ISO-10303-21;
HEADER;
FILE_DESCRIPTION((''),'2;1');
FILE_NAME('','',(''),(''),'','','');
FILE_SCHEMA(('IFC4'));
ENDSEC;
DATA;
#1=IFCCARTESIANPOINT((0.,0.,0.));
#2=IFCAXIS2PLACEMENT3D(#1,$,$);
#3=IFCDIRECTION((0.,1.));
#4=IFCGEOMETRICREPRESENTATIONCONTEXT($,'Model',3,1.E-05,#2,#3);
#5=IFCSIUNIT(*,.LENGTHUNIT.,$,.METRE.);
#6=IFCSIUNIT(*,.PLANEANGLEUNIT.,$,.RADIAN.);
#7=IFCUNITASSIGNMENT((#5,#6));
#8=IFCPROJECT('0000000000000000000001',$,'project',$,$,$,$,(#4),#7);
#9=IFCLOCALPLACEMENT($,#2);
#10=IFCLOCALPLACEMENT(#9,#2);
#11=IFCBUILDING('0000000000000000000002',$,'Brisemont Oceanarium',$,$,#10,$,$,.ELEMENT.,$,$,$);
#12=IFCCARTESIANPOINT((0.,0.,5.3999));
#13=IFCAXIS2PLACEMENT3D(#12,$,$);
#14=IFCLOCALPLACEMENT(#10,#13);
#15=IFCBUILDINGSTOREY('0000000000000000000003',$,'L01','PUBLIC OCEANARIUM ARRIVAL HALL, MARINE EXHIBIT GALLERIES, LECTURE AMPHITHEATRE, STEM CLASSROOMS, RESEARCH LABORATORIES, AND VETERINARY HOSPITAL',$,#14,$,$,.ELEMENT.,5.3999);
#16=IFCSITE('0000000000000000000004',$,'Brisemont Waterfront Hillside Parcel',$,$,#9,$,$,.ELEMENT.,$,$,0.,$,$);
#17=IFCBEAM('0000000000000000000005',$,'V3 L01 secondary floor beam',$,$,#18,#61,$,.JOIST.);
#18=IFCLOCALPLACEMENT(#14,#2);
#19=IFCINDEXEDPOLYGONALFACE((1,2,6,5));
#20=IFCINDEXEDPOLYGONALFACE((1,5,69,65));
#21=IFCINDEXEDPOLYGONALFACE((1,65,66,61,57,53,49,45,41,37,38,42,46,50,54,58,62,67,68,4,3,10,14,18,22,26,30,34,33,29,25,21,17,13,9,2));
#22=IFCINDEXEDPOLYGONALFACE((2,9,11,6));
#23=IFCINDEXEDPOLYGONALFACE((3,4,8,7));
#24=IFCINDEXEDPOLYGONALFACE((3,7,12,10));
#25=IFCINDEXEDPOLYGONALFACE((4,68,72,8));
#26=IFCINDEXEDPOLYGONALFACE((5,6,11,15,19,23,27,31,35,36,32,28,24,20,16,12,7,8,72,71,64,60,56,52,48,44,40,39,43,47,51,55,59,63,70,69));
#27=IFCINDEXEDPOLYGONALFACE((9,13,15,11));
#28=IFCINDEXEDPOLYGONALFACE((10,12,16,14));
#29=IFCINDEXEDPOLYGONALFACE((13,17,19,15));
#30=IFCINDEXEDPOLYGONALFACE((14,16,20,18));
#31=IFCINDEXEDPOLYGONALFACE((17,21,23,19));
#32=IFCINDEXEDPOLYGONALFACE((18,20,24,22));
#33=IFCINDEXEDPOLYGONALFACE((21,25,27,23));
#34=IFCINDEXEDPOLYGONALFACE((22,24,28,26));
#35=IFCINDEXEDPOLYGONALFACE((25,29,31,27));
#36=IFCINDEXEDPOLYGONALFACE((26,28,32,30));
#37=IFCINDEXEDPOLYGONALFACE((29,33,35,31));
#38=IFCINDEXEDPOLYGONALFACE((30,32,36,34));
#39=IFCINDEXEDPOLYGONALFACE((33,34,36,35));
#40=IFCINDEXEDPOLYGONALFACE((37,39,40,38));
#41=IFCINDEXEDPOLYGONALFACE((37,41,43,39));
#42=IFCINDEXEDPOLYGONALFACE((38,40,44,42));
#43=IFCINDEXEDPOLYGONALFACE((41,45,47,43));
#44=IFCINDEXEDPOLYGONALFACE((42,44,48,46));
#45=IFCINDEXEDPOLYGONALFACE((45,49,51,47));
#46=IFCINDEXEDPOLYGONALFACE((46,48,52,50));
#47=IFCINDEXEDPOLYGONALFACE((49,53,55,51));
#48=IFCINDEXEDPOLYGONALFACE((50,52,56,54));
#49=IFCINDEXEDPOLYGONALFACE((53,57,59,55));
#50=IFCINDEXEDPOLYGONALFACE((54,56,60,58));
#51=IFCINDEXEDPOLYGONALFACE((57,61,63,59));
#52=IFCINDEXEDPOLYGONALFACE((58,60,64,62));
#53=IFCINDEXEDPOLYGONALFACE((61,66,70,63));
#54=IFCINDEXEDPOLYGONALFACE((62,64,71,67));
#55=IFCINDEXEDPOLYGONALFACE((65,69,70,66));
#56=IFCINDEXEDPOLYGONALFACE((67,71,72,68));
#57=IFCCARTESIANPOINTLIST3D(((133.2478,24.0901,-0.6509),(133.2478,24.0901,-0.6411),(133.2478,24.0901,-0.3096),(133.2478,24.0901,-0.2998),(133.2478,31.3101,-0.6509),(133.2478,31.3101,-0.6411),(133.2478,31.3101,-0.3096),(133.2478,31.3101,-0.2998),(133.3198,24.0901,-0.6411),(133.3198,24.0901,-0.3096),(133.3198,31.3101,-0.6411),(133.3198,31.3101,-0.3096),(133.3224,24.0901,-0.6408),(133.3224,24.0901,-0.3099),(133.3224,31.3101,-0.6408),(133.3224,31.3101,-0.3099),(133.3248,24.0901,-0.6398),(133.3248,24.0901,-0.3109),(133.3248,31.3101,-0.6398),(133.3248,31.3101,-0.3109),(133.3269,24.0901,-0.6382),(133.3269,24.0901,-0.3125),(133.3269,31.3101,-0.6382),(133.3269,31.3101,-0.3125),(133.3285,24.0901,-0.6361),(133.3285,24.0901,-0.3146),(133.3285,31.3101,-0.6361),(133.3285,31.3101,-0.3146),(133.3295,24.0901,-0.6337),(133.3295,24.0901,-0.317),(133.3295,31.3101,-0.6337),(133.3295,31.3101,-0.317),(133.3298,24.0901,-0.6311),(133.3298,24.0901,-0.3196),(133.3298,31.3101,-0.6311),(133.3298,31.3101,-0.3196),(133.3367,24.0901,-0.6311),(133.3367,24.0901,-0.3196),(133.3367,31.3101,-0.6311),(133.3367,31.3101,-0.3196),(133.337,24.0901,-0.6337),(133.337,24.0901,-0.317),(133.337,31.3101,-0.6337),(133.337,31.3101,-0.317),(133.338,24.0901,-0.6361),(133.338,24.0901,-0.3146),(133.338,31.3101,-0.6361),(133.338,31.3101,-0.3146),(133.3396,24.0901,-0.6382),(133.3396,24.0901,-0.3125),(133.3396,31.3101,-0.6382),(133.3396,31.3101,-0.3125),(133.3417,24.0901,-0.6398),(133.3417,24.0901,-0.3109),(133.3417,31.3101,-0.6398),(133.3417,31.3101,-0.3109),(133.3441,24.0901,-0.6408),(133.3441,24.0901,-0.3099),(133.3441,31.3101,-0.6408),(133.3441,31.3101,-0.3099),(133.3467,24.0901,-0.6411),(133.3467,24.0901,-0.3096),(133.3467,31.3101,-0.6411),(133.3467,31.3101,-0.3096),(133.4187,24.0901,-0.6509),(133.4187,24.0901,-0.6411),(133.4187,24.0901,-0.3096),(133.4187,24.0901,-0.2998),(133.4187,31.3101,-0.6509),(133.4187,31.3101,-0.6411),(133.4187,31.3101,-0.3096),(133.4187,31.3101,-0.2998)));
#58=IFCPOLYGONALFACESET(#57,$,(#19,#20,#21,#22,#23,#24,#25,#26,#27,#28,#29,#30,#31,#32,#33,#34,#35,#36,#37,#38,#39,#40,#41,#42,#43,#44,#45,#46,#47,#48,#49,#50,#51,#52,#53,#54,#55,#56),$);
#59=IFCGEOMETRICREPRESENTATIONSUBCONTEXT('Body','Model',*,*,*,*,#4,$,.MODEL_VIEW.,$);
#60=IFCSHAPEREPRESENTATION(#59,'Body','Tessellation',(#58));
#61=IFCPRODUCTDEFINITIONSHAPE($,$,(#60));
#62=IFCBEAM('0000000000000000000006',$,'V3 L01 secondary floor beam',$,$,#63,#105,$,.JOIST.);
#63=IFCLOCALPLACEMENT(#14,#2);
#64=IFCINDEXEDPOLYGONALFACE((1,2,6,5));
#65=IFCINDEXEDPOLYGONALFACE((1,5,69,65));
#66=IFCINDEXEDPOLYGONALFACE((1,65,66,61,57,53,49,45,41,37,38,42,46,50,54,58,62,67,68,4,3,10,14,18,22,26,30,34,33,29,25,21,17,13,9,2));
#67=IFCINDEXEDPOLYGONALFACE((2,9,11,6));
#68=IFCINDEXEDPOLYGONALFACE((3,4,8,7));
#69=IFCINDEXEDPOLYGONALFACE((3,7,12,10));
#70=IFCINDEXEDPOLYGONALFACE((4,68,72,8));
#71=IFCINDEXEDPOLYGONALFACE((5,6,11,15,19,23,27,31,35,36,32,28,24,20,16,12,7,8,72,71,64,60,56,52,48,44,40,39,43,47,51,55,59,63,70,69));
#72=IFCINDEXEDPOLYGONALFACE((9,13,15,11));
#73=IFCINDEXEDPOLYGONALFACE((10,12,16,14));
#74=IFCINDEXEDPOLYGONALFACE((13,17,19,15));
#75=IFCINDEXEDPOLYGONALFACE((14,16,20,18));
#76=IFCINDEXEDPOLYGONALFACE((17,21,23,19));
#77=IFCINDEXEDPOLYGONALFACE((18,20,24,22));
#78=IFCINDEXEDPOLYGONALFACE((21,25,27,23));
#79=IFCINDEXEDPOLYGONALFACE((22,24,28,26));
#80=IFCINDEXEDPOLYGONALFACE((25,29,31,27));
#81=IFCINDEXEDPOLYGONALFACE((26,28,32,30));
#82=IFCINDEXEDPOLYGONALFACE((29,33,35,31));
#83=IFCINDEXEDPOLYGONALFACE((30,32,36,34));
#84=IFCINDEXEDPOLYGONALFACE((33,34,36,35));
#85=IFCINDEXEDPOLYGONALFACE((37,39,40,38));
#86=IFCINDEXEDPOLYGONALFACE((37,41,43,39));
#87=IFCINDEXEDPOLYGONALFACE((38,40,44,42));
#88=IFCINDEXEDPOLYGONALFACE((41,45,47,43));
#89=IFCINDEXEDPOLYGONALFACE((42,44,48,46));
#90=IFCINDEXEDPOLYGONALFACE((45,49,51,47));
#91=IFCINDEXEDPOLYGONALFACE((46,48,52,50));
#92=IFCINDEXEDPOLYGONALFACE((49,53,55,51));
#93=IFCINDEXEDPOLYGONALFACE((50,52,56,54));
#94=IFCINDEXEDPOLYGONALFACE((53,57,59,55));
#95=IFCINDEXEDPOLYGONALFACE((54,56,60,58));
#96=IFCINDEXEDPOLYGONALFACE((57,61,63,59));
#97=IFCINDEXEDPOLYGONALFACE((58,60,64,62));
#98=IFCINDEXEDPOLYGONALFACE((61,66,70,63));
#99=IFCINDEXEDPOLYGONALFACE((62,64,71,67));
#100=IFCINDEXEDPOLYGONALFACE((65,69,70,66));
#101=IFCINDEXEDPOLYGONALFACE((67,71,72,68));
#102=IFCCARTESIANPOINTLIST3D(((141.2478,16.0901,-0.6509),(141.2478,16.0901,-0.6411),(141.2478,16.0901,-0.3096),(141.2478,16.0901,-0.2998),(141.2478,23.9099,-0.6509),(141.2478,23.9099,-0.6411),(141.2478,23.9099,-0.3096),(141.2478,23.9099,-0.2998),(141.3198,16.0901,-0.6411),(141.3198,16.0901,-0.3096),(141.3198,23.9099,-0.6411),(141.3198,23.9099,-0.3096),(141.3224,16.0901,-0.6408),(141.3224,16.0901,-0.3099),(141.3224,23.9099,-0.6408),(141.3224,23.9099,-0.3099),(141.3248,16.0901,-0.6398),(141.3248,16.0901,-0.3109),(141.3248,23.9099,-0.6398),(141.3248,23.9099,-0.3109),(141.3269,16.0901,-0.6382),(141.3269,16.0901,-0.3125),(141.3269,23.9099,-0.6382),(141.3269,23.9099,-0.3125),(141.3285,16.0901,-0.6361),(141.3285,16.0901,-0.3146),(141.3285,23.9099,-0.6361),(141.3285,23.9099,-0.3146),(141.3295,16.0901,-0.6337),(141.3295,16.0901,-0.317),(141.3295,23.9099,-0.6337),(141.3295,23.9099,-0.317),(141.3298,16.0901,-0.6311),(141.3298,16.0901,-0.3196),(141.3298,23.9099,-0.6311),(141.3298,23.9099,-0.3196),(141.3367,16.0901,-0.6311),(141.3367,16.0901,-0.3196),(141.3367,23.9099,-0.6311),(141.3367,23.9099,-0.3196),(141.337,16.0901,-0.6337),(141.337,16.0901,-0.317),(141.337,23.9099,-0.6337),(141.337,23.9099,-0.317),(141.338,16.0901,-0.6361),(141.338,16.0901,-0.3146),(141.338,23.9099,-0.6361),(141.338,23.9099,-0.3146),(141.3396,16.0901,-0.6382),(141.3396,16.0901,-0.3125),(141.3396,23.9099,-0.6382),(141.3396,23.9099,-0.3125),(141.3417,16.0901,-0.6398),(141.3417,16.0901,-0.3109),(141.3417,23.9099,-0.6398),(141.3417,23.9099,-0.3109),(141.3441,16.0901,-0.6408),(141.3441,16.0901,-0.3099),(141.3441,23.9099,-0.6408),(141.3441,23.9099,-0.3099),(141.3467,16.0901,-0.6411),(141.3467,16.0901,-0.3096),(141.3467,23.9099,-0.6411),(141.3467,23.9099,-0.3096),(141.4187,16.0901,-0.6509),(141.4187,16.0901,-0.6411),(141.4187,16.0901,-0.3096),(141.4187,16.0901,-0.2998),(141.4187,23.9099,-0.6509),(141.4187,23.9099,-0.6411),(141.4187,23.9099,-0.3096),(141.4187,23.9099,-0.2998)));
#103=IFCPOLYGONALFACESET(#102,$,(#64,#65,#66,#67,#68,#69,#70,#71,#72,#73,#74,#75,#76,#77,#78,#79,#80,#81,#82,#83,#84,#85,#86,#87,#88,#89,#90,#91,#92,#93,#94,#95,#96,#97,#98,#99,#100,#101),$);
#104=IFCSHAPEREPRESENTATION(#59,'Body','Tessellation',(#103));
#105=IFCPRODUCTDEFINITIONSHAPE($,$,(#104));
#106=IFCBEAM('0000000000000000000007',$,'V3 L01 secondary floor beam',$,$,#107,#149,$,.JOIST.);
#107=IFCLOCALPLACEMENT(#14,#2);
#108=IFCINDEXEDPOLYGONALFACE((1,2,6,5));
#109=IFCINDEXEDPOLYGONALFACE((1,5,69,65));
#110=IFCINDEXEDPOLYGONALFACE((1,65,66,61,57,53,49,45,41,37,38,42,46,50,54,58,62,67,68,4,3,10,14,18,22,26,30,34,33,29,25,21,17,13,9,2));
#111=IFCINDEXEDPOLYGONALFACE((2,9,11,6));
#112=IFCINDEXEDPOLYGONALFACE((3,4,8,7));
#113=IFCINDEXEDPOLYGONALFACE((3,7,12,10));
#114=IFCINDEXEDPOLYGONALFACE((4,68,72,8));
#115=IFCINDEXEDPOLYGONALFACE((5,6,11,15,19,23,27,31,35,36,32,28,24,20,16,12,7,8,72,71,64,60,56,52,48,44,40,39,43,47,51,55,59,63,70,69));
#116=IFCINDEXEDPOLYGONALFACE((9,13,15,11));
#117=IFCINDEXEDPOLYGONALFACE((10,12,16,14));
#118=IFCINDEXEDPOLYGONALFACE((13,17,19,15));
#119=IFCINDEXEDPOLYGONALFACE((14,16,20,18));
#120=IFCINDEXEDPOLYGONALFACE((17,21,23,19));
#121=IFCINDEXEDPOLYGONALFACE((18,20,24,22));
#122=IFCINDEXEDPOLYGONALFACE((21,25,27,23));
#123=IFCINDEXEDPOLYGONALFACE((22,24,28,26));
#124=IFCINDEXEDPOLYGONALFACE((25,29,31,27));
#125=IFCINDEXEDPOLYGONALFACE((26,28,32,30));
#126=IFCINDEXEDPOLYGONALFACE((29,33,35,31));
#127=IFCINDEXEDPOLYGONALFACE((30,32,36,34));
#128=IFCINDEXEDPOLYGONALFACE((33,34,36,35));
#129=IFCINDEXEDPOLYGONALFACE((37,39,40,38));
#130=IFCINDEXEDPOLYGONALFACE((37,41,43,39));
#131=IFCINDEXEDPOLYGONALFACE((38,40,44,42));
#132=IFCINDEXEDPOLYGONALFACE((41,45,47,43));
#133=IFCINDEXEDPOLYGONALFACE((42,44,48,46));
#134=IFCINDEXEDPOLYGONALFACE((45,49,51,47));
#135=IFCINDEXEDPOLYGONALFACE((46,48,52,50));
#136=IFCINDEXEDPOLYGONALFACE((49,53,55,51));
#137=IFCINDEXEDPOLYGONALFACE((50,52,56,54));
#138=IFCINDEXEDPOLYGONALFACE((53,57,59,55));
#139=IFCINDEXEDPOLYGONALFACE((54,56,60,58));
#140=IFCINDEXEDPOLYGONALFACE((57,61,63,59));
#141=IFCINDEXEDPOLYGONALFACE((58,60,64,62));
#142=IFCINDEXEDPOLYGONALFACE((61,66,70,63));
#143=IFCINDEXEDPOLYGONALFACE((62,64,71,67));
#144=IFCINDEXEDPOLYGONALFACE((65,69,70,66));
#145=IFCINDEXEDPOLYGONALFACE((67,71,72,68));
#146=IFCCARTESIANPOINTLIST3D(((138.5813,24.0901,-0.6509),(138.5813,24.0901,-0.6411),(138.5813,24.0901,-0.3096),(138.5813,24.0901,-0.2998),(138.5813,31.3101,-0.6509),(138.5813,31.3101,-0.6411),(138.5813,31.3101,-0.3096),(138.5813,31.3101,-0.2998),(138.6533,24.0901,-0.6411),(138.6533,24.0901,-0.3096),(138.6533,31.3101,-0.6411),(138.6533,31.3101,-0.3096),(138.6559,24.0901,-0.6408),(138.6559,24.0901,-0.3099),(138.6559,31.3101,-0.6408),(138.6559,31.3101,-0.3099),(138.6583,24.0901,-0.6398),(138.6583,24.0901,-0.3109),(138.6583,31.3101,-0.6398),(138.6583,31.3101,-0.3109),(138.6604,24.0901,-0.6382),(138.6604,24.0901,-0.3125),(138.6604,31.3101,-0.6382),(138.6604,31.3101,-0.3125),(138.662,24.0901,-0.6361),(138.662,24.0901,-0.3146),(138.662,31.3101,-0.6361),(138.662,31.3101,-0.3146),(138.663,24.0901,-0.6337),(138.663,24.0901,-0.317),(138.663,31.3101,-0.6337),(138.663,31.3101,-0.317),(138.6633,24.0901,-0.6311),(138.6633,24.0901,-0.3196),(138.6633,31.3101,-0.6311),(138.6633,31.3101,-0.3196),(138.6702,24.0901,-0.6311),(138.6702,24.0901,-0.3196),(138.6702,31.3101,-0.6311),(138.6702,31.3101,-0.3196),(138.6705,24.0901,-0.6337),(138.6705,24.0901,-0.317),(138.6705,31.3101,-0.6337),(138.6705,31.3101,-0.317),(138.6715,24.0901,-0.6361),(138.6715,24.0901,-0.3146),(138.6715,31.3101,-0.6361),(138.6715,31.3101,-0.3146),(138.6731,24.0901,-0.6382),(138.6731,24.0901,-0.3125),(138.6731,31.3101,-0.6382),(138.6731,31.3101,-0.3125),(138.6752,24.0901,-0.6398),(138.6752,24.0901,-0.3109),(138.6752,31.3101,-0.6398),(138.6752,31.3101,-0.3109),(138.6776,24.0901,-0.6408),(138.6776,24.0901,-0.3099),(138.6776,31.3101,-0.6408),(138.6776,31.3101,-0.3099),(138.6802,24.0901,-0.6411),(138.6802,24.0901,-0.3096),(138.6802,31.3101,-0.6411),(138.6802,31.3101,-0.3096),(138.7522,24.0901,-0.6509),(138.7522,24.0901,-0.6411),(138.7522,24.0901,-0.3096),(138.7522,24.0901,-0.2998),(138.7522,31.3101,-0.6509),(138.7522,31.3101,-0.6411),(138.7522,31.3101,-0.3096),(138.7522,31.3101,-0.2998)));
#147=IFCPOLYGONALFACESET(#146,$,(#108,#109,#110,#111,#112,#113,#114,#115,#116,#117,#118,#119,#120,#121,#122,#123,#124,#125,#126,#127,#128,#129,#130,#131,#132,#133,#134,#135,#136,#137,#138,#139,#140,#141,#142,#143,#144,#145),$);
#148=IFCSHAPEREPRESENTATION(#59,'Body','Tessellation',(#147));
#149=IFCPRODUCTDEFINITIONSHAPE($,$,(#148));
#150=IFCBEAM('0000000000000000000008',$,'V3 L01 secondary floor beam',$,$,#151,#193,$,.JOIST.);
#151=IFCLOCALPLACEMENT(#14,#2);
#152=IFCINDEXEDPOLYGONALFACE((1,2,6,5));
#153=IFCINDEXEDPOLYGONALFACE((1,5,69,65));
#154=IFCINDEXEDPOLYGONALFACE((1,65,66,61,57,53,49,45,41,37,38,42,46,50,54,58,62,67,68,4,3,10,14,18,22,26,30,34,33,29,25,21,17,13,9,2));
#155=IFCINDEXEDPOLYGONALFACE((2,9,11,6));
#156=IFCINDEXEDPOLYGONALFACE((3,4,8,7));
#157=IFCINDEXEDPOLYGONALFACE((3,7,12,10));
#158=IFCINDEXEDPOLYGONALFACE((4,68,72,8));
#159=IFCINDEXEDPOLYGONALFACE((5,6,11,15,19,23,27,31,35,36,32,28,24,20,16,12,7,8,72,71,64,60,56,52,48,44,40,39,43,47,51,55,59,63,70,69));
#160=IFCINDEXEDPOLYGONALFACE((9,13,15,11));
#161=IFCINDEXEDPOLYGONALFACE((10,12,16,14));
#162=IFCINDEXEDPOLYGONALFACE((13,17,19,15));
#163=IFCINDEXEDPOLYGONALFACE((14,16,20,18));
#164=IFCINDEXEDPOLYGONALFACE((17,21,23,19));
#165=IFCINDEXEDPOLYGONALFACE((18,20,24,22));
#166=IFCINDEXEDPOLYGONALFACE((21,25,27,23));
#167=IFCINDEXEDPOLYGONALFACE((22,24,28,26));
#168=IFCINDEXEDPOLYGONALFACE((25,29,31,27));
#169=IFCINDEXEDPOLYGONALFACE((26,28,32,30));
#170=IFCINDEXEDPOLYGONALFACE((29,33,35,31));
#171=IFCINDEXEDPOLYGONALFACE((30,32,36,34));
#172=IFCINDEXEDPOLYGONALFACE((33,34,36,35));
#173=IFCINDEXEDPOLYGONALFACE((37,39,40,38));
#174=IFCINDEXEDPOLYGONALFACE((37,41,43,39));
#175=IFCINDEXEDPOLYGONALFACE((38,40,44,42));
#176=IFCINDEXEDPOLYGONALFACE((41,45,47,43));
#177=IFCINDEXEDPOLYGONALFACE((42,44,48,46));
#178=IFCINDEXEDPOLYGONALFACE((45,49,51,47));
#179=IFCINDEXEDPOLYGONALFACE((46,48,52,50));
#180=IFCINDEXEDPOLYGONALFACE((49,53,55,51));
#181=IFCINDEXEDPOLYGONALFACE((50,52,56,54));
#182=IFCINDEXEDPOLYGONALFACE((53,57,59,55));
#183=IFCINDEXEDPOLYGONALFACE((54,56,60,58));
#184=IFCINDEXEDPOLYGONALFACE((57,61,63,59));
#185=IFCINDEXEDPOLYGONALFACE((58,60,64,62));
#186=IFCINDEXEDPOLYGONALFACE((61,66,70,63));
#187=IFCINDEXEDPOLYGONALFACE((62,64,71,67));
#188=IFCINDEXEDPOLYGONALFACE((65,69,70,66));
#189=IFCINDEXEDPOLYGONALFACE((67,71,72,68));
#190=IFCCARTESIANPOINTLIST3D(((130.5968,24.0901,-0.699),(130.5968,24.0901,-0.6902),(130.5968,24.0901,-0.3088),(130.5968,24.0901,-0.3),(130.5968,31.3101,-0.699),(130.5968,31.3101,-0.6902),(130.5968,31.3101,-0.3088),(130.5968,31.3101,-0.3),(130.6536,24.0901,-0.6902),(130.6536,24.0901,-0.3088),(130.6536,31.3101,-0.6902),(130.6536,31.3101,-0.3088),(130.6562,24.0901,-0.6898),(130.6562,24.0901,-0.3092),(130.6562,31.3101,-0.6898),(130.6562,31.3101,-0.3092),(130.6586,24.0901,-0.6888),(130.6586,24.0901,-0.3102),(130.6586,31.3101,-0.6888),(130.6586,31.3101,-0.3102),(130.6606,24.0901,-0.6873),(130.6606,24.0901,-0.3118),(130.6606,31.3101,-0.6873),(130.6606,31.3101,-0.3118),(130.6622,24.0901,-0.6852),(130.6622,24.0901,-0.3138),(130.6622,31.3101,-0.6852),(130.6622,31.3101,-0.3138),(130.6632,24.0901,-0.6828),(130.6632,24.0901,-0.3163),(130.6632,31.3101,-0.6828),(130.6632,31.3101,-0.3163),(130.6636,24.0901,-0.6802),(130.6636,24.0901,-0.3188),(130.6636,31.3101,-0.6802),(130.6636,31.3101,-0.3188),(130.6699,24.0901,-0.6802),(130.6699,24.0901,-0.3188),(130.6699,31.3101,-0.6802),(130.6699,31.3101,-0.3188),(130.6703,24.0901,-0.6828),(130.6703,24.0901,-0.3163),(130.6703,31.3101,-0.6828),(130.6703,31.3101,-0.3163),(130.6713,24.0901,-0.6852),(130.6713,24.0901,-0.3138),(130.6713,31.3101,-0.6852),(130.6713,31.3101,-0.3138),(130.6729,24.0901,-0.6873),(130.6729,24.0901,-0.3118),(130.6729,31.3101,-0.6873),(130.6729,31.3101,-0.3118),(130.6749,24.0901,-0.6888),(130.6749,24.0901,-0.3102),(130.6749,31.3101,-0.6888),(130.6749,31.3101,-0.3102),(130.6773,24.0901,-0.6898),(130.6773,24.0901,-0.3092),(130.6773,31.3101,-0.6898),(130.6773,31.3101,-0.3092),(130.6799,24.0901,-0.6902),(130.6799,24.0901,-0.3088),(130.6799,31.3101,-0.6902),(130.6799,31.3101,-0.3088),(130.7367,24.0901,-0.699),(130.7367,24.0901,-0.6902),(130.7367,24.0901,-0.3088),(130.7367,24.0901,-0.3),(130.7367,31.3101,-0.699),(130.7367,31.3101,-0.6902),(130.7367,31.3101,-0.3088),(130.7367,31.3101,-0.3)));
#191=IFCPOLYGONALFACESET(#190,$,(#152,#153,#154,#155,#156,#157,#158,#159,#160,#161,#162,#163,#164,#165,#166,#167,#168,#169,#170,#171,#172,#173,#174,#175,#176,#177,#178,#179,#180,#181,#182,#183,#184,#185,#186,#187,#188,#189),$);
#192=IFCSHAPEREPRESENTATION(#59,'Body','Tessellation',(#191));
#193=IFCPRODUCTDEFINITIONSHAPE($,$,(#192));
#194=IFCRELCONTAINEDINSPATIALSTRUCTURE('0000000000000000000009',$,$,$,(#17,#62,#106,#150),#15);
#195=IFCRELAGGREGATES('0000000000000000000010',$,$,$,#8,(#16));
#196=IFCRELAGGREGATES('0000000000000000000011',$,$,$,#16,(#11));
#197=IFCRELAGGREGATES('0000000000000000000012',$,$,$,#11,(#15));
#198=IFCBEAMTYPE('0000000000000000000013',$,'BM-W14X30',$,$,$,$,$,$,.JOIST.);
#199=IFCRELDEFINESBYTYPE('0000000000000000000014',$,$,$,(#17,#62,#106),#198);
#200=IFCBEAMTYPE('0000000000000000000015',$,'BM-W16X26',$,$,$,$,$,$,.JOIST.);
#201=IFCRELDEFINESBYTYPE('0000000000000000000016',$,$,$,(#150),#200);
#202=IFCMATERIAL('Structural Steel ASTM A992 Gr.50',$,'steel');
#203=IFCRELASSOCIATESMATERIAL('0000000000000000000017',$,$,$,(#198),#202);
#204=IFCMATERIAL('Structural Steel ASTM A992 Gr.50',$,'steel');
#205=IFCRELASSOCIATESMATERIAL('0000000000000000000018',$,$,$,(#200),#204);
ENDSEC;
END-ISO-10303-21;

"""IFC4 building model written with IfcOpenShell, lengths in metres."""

from ifc_helpers import new_model, si_unit, direction, frame, origin, origin_2d, place, context, subcontext, project, spatial, i_section, extrude, material, material_profile, profile_set, type_object, element, save


model = new_model("IFC4")

# Units and contexts
model_context = context("Model", 3, precision=1e-05, world=origin(), true_north=direction((0.0, 1.0)))
body_context = subcontext(model_context, "Body", "Model", "MODEL_VIEW")
ifc_project = project(units=[si_unit("LENGTHUNIT", "METRE"), si_unit("PLANEANGLEUNIT", "RADIAN")], contexts=[model_context])

# Site, building, storey
site_placement = place(None, origin())
site = spatial("IfcSite", under=ifc_project, at=site_placement, Name="Brisemont Waterfront Hillside Parcel", CompositionType="ELEMENT", RefElevation=0.0)
building_placement = place(site_placement, origin())
building = spatial("IfcBuilding", under=site, at=building_placement, Name="Brisemont Oceanarium", CompositionType="ELEMENT")
storey_placement = place(building_placement, frame((0.0, 0.0, 5.3999)))
storey = spatial("IfcBuildingStorey", under=building, at=storey_placement, Name="L01", Description="PUBLIC OCEANARIUM ARRIVAL HALL, MARINE EXHIBIT GALLERIES, LECTURE AMPHITHEATRE, STEM CLASSROOMS, RESEARCH LABORATORIES, AND VETERINARY HOSPITAL", CompositionType="ELEMENT", Elevation=5.3999)

# Beams
ifc_material_1 = material(Name="Structural Steel ASTM A992 Gr.50", Category="steel")
ifc_material_profile_1 = material_profile(ifc_material_1, i_section(OverallWidth=0.1709, OverallDepth=0.3511, WebThickness=0.0068, FlangeThickness=0.0098, FilletRadius=0.01, at=origin_2d()), Name="W14X30")
ifc_profile_set_1 = profile_set([ifc_material_profile_1], Name="Structural Steel ASTM A992 Gr.50")
beam_type_1 = type_object("IfcBeamType", Name="BM-W14X30", PredefinedType="JOIST", material=ifc_profile_set_1)
beam_1_placement = place(storey_placement, frame((133.3333, 24.0901, -0.4753), z_axis=(0.0, 1.0, 0.0), x_axis=(-1.0, 0.0, 0.0)))
element("IfcBeam", 1, at=beam_1_placement, inside=storey, type_object=beam_type_1, Name="V3 L01 secondary floor beam", PredefinedType="JOIST", context=body_context, shape_type="SweptSolid", body=[
    extrude(i_section(OverallWidth=0.1709, OverallDepth=0.3511, WebThickness=0.0068, FlangeThickness=0.0098, FilletRadius=0.01, at=origin_2d()), origin(), (0.0, 0.0, 1.0), 7.22),
])
beam_2_placement = place(storey_placement, frame((141.3333, 16.0901, -0.4753), z_axis=(0.0, 1.0, 0.0), x_axis=(-1.0, 0.0, 0.0)))
element("IfcBeam", 2, at=beam_2_placement, inside=storey, type_object=beam_type_1, Name="V3 L01 secondary floor beam", PredefinedType="JOIST", context=body_context, shape_type="SweptSolid", body=[
    extrude(i_section(OverallWidth=0.1709, OverallDepth=0.3511, WebThickness=0.0068, FlangeThickness=0.0098, FilletRadius=0.01, at=origin_2d()), origin(), (0.0, 0.0, 1.0), 7.8198),
])
beam_3_placement = place(storey_placement, frame((138.6667, 24.0901, -0.4753), z_axis=(0.0, 1.0, 0.0), x_axis=(-1.0, 0.0, 0.0)))
element("IfcBeam", 3, at=beam_3_placement, inside=storey, type_object=beam_type_1, Name="V3 L01 secondary floor beam", PredefinedType="JOIST", context=body_context, shape_type="SweptSolid", body=[
    extrude(i_section(OverallWidth=0.1709, OverallDepth=0.3511, WebThickness=0.0068, FlangeThickness=0.0098, FilletRadius=0.01, at=origin_2d()), origin(), (0.0, 0.0, 1.0), 7.22),
])
ifc_material_2 = material(Name="Structural Steel ASTM A992 Gr.50", Category="steel")
ifc_material_profile_2 = material_profile(ifc_material_2, i_section(OverallWidth=0.1399, OverallDepth=0.3989, WebThickness=0.0063, FlangeThickness=0.0088, FilletRadius=0.01, at=origin_2d()), Name="W16X26")
ifc_profile_set_2 = profile_set([ifc_material_profile_2], Name="Structural Steel ASTM A992 Gr.50")
beam_type_2 = type_object("IfcBeamType", Name="BM-W16X26", PredefinedType="JOIST", material=ifc_profile_set_2)
beam_4_placement = place(storey_placement, frame((130.6667, 24.0901, -0.4995), z_axis=(0.0, 1.0, 0.0), x_axis=(-1.0, 0.0, 0.0)))
element("IfcBeam", 4, at=beam_4_placement, inside=storey, type_object=beam_type_2, Name="V3 L01 secondary floor beam", PredefinedType="JOIST", context=body_context, shape_type="SweptSolid", body=[
    extrude(i_section(OverallWidth=0.1399, OverallDepth=0.3989, WebThickness=0.0063, FlangeThickness=0.0088, FilletRadius=0.01, at=origin_2d()), origin(), (0.0, 0.0, 1.0), 7.22),
])

save(model, "model.ifc")
